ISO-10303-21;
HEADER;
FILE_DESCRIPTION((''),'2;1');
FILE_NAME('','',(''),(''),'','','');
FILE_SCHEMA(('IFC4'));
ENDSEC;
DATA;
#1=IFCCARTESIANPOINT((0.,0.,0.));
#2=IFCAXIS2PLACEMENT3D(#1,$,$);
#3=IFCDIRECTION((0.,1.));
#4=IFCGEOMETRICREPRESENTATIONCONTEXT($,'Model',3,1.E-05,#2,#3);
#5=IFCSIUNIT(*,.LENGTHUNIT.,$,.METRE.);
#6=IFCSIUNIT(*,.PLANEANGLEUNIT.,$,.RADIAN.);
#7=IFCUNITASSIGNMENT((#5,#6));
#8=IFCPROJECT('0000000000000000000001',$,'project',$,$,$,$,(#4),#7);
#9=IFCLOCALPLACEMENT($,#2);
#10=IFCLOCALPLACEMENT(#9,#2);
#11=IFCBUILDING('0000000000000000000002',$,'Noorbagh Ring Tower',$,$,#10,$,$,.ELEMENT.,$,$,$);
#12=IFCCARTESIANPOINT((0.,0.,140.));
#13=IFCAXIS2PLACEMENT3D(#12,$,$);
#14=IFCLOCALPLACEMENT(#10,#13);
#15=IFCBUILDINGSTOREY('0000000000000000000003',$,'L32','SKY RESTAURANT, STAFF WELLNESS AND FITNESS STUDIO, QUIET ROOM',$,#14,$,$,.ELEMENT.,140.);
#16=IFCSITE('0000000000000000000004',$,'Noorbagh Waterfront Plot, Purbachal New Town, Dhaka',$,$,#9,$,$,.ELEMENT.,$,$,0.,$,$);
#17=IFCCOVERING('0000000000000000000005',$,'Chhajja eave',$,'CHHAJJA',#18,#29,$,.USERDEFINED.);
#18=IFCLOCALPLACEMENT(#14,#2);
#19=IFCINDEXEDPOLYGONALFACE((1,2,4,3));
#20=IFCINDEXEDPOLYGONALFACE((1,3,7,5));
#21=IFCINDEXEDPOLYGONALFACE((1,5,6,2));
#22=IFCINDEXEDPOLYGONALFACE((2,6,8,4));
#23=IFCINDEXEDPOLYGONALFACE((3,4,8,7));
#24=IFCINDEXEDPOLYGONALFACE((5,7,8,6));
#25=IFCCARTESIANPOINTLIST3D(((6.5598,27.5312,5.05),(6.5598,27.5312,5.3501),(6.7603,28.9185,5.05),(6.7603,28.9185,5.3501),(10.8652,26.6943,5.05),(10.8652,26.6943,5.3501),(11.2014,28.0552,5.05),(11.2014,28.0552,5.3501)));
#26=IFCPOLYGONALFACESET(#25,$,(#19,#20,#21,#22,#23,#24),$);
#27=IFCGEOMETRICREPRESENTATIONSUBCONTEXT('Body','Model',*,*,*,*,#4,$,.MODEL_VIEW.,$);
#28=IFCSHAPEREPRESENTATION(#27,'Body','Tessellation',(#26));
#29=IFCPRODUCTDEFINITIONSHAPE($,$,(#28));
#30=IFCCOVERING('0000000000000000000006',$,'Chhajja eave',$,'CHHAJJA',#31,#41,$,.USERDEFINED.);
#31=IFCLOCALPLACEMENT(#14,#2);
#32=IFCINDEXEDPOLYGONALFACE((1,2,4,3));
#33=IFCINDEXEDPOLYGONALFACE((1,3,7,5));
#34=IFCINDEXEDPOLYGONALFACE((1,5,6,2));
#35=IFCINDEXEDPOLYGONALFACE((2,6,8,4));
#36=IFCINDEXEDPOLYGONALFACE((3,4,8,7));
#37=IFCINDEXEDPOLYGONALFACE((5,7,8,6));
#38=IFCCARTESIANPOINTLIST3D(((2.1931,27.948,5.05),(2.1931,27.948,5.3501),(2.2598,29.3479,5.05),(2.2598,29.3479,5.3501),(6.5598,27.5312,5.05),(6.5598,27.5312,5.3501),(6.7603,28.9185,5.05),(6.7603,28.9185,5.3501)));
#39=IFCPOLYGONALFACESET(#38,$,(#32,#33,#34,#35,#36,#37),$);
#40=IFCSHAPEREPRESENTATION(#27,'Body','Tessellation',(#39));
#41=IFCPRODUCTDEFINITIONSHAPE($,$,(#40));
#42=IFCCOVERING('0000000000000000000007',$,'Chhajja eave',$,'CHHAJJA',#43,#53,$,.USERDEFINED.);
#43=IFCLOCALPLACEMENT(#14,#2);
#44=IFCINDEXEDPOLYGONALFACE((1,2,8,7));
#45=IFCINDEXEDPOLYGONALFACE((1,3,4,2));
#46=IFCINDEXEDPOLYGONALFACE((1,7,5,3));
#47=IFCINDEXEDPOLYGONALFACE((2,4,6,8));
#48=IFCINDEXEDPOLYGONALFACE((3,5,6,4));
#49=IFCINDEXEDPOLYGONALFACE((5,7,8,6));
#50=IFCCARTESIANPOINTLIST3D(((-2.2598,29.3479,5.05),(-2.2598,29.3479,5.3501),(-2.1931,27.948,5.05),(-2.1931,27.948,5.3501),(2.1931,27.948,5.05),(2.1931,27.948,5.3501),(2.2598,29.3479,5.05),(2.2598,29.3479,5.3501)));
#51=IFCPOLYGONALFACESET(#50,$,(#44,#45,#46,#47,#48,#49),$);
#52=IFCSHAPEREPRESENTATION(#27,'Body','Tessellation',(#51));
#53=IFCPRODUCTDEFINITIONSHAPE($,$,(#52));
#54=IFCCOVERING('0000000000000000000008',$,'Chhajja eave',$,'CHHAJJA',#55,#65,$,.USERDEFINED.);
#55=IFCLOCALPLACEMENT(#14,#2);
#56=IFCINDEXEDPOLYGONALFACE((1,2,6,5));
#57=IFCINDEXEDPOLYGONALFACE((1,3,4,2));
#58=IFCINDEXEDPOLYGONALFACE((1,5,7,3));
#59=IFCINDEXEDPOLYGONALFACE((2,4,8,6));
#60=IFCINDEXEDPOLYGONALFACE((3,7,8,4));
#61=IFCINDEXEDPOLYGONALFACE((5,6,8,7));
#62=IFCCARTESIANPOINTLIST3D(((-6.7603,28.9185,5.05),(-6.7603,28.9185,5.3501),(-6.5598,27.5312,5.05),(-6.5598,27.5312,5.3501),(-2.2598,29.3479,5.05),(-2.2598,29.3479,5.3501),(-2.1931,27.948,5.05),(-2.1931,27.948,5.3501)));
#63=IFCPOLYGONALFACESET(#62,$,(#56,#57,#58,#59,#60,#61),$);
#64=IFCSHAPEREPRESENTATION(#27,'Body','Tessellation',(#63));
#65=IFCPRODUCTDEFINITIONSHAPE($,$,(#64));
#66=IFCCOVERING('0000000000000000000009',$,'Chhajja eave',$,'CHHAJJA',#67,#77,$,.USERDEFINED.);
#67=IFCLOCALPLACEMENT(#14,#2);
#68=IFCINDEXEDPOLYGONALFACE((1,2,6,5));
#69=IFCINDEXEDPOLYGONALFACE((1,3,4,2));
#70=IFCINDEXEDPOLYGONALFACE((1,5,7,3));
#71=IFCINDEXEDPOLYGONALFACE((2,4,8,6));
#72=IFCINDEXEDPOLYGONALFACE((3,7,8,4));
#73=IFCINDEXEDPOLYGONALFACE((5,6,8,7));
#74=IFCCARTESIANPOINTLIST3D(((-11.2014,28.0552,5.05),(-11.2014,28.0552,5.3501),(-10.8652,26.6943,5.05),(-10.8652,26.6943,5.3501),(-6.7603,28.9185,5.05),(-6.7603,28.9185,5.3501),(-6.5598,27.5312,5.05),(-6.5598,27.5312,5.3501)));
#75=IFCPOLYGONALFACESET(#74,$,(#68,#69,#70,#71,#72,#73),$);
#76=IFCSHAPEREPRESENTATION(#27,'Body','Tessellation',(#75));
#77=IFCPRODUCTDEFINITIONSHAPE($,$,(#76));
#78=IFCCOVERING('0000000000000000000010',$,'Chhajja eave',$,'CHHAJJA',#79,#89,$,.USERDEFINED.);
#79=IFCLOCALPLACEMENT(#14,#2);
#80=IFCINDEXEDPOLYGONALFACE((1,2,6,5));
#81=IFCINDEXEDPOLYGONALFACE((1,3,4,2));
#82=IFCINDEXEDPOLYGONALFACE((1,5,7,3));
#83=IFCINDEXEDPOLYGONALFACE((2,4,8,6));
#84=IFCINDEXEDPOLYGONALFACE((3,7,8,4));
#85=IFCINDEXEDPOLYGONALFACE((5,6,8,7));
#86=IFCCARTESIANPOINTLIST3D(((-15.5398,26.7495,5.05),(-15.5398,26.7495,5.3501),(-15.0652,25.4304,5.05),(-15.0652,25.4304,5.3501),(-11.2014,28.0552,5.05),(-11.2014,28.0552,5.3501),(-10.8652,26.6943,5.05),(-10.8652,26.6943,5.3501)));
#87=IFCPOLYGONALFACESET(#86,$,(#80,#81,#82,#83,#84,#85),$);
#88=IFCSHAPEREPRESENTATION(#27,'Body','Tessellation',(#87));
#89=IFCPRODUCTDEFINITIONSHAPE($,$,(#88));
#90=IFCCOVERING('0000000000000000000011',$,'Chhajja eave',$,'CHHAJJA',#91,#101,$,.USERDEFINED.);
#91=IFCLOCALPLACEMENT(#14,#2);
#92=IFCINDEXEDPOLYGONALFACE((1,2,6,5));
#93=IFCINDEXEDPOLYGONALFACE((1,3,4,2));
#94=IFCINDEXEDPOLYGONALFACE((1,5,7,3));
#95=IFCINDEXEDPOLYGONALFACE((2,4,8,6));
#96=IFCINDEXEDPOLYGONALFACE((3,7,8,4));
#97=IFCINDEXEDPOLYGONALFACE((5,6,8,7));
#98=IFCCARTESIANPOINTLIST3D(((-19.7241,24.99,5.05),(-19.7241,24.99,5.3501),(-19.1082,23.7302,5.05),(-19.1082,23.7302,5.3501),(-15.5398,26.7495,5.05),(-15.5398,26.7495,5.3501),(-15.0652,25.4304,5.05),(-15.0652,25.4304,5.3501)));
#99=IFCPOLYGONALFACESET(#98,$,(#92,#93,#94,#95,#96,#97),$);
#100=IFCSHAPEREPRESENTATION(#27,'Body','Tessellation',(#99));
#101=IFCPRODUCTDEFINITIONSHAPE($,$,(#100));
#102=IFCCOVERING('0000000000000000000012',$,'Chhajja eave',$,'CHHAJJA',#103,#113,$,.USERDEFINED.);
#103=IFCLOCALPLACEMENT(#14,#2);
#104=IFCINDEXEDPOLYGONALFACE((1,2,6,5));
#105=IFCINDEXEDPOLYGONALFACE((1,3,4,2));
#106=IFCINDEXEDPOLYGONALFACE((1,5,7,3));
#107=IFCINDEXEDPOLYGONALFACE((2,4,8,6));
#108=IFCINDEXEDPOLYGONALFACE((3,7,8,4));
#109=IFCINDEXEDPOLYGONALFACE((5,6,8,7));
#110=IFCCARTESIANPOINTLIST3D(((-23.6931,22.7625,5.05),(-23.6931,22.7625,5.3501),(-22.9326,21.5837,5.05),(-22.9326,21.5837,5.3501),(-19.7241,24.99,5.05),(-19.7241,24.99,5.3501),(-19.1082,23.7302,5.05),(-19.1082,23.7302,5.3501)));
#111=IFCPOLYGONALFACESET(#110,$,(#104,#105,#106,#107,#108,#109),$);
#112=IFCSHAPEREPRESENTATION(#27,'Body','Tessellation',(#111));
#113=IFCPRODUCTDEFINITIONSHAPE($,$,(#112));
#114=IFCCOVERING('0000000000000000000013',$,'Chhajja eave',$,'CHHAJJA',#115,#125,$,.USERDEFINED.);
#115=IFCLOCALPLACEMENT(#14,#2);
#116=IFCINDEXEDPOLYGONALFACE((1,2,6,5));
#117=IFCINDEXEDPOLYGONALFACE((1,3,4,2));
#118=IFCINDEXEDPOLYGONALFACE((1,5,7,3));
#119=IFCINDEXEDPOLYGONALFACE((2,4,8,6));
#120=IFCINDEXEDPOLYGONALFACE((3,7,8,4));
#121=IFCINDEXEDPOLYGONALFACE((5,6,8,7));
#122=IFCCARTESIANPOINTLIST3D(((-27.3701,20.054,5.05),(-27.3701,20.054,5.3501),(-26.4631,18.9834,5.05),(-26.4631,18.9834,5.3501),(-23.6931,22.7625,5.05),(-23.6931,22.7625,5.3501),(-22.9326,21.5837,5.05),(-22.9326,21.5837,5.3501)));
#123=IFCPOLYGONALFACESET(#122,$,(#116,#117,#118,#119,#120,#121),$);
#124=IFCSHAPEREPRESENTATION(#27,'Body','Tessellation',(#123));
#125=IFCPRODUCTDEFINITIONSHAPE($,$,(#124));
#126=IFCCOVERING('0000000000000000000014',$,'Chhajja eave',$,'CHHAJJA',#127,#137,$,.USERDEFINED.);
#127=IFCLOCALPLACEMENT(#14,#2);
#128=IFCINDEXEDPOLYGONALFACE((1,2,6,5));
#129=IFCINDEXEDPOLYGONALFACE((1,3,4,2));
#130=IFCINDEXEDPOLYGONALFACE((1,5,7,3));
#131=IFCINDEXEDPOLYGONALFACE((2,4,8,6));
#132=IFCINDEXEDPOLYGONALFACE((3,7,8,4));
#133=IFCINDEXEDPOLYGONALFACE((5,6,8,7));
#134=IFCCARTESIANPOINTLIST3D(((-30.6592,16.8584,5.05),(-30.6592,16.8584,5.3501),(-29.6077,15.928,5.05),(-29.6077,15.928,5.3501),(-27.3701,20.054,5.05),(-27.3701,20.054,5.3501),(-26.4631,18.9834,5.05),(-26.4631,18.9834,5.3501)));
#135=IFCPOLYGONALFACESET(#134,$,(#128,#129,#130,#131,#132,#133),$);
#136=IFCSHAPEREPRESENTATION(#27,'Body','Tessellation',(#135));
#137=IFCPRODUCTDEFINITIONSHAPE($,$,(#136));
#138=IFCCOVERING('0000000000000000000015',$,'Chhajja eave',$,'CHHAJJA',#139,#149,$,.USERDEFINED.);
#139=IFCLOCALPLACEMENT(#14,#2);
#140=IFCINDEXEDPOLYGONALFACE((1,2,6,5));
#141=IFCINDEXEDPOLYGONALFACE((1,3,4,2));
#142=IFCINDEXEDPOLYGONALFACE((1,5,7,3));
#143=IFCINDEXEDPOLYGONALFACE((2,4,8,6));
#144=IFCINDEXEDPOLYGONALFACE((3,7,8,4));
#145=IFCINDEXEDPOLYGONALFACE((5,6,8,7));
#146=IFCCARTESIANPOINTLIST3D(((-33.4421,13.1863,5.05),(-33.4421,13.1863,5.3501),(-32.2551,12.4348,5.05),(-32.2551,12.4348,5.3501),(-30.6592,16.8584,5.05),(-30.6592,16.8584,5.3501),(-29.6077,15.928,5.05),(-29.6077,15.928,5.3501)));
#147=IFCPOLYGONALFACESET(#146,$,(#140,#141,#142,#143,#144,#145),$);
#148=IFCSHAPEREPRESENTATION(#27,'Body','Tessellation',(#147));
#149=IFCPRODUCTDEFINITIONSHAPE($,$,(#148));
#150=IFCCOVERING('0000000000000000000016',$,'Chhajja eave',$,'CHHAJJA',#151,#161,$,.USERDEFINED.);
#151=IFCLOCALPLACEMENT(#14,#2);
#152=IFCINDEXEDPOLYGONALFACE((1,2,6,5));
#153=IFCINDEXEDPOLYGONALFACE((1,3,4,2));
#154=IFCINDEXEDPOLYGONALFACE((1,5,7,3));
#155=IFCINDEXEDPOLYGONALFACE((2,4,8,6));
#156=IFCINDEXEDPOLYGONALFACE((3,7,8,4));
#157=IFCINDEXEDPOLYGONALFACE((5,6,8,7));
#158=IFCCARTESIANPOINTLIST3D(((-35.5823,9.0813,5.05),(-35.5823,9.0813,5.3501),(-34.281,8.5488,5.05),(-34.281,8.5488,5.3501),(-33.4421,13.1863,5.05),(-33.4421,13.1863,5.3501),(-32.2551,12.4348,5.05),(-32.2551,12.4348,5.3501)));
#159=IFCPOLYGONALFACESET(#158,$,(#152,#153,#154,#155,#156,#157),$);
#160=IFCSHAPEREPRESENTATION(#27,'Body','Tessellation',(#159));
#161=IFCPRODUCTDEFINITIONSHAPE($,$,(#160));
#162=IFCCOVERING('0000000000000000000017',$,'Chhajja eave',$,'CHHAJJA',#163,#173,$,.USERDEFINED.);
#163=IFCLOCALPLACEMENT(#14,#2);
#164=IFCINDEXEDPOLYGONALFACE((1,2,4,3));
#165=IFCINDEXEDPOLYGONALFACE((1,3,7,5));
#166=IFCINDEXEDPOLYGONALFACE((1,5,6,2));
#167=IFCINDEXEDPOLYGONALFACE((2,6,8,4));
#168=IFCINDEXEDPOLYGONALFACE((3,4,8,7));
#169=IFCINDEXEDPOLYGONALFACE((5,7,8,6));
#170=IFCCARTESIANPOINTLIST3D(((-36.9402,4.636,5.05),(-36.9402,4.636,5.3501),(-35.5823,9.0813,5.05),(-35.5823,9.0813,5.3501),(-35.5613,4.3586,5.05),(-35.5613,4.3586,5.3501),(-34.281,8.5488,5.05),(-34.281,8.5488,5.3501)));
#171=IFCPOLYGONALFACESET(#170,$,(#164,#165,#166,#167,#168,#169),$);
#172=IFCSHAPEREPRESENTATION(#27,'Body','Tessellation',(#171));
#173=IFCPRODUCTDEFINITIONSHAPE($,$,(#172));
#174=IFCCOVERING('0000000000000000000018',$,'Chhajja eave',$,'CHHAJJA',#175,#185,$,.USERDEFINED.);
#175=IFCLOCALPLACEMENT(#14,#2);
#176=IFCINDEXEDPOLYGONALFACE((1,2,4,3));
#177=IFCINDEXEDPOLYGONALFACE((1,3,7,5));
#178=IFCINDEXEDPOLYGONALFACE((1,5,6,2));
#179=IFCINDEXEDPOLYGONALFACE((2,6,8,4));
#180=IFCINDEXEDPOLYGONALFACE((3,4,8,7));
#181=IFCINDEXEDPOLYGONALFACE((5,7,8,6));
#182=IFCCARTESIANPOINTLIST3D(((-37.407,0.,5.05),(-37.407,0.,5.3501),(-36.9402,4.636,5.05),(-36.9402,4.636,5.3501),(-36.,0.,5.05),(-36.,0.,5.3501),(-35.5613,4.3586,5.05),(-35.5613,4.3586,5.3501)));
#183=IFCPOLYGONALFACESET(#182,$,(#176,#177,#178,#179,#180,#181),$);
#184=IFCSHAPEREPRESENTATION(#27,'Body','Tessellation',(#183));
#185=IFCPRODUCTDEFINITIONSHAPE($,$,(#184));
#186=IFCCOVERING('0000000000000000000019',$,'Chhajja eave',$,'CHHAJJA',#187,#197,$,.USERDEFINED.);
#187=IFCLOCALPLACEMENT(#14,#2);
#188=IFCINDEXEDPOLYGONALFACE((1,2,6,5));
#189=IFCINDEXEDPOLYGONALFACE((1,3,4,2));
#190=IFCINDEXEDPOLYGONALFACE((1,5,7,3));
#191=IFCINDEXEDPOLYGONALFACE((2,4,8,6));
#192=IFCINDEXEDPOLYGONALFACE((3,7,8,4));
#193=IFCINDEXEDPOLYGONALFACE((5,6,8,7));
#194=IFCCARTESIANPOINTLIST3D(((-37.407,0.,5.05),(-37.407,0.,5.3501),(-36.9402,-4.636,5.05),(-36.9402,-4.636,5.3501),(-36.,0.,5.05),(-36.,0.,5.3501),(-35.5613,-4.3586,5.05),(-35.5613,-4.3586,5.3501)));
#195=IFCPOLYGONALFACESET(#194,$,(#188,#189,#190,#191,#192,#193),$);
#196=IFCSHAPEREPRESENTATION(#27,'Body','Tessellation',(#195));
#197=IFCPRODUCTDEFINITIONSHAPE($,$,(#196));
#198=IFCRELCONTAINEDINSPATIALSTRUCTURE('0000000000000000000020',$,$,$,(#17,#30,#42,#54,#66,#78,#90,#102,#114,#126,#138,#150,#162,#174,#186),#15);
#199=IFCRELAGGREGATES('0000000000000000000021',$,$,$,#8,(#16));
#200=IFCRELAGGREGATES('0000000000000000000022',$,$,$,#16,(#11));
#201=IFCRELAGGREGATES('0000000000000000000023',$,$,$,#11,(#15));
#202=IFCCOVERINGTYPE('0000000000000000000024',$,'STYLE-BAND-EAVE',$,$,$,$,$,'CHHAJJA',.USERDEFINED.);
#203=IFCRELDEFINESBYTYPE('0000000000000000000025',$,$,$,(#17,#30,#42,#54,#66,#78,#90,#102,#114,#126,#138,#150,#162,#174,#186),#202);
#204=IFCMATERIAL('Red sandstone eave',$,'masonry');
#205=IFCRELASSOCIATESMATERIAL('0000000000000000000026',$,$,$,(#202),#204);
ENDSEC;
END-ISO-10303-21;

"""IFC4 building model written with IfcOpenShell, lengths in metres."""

from ifc_helpers import new_model, si_unit, direction, frame, origin, place, context, subcontext, project, spatial, polyline, outline, extrude, material, type_object, element, save


model = new_model("IFC4")

# Units and contexts
model_context = context("Model", 3, precision=1e-05, world=origin(), true_north=direction((0.0, 1.0)))
body_context = subcontext(model_context, "Body", "Model", "MODEL_VIEW")
ifc_project = project(units=[si_unit("LENGTHUNIT", "METRE"), si_unit("PLANEANGLEUNIT", "RADIAN")], contexts=[model_context])

# Site, building, storey
site_placement = place(None, origin())
site = spatial("IfcSite", under=ifc_project, at=site_placement, Name="Noorbagh Waterfront Plot, Purbachal New Town, Dhaka", CompositionType="ELEMENT", RefElevation=0.0)
building_placement = place(site_placement, origin())
building = spatial("IfcBuilding", under=site, at=building_placement, Name="Noorbagh Ring Tower", CompositionType="ELEMENT")
storey_placement = place(building_placement, frame((0.0, 0.0, 140.0)))
storey = spatial("IfcBuildingStorey", under=building, at=storey_placement, Name="L32", Description="SKY RESTAURANT, STAFF WELLNESS AND FITNESS STUDIO, QUIET ROOM", CompositionType="ELEMENT", Elevation=140.0)

# Coverings
ifc_material_1 = material(Name="Red sandstone eave", Category="masonry")
covering_type_1 = type_object("IfcCoveringType", Name="STYLE-BAND-EAVE", ElementType="CHHAJJA", PredefinedType="USERDEFINED", material=ifc_material_1)
covering_1_placement = place(storey_placement, frame((0.0, 0.0, 5.05)))
element("IfcCovering", 1, at=covering_1_placement, inside=storey, type_object=covering_type_1, Name="Chhajja eave", ObjectType="CHHAJJA", PredefinedType="USERDEFINED", context=body_context, shape_type="SweptSolid", body=[
    extrude(outline(polyline([(10.8652, 26.6943), (6.5598, 27.5312), (6.7603, 28.9185), (11.2014, 28.0552), (10.8652, 26.6943)])), origin(), (0.0, 0.0, 1.0), 0.3),
])
covering_2_placement = place(storey_placement, frame((0.0, 0.0, 5.05)))
element("IfcCovering", 2, at=covering_2_placement, inside=storey, type_object=covering_type_1, Name="Chhajja eave", ObjectType="CHHAJJA", PredefinedType="USERDEFINED", context=body_context, shape_type="SweptSolid", body=[
    extrude(outline(polyline([(6.5598, 27.5312), (2.1931, 27.948), (2.2598, 29.3479), (6.7603, 28.9185), (6.5598, 27.5312)])), origin(), (0.0, 0.0, 1.0), 0.3),
])
covering_3_placement = place(storey_placement, frame((0.0, 0.0, 5.05)))
element("IfcCovering", 3, at=covering_3_placement, inside=storey, type_object=covering_type_1, Name="Chhajja eave", ObjectType="CHHAJJA", PredefinedType="USERDEFINED", context=body_context, shape_type="SweptSolid", body=[
    extrude(outline(polyline([(2.1931, 27.948), (-2.1931, 27.948), (-2.2598, 29.3479), (2.2598, 29.3479), (2.1931, 27.948)])), origin(), (0.0, 0.0, 1.0), 0.3),
])
covering_4_placement = place(storey_placement, frame((0.0, 0.0, 5.05)))
element("IfcCovering", 4, at=covering_4_placement, inside=storey, type_object=covering_type_1, Name="Chhajja eave", ObjectType="CHHAJJA", PredefinedType="USERDEFINED", context=body_context, shape_type="SweptSolid", body=[
    extrude(outline(polyline([(-2.1931, 27.948), (-6.5598, 27.5312), (-6.7603, 28.9185), (-2.2598, 29.3479), (-2.1931, 27.948)])), origin(), (0.0, 0.0, 1.0), 0.3),
])
covering_5_placement = place(storey_placement, frame((0.0, 0.0, 5.05)))
element("IfcCovering", 5, at=covering_5_placement, inside=storey, type_object=covering_type_1, Name="Chhajja eave", ObjectType="CHHAJJA", PredefinedType="USERDEFINED", context=body_context, shape_type="SweptSolid", body=[
    extrude(outline(polyline([(-6.5598, 27.5312), (-10.8652, 26.6943), (-11.2014, 28.0552), (-6.7603, 28.9185), (-6.5598, 27.5312)])), origin(), (0.0, 0.0, 1.0), 0.3),
])
covering_6_placement = place(storey_placement, frame((0.0, 0.0, 5.05)))
element("IfcCovering", 6, at=covering_6_placement, inside=storey, type_object=covering_type_1, Name="Chhajja eave", ObjectType="CHHAJJA", PredefinedType="USERDEFINED", context=body_context, shape_type="SweptSolid", body=[
    extrude(outline(polyline([(-10.8652, 26.6943), (-15.0652, 25.4304), (-15.5398, 26.7495), (-11.2014, 28.0552), (-10.8652, 26.6943)])), origin(), (0.0, 0.0, 1.0), 0.3),
])
covering_7_placement = place(storey_placement, frame((0.0, 0.0, 5.05)))
element("IfcCovering", 7, at=covering_7_placement, inside=storey, type_object=covering_type_1, Name="Chhajja eave", ObjectType="CHHAJJA", PredefinedType="USERDEFINED", context=body_context, shape_type="SweptSolid", body=[
    extrude(outline(polyline([(-15.0652, 25.4304), (-19.1082, 23.7302), (-19.7241, 24.99), (-15.5398, 26.7495), (-15.0652, 25.4304)])), origin(), (0.0, 0.0, 1.0), 0.3),
])
covering_8_placement = place(storey_placement, frame((0.0, 0.0, 5.05)))
element("IfcCovering", 8, at=covering_8_placement, inside=storey, type_object=covering_type_1, Name="Chhajja eave", ObjectType="CHHAJJA", PredefinedType="USERDEFINED", context=body_context, shape_type="SweptSolid", body=[
    extrude(outline(polyline([(-19.1082, 23.7302), (-22.9326, 21.5837), (-23.6931, 22.7625), (-19.7241, 24.99), (-19.1082, 23.7302)])), origin(), (0.0, 0.0, 1.0), 0.3),
])
covering_9_placement = place(storey_placement, frame((0.0, 0.0, 5.05)))
element("IfcCovering", 9, at=covering_9_placement, inside=storey, type_object=covering_type_1, Name="Chhajja eave", ObjectType="CHHAJJA", PredefinedType="USERDEFINED", context=body_context, shape_type="SweptSolid", body=[
    extrude(outline(polyline([(-22.9326, 21.5837), (-26.4631, 18.9834), (-27.3701, 20.054), (-23.6931, 22.7625), (-22.9326, 21.5837)])), origin(), (0.0, 0.0, 1.0), 0.3),
])
covering_10_placement = place(storey_placement, frame((0.0, 0.0, 5.05)))
element("IfcCovering", 10, at=covering_10_placement, inside=storey, type_object=covering_type_1, Name="Chhajja eave", ObjectType="CHHAJJA", PredefinedType="USERDEFINED", context=body_context, shape_type="SweptSolid", body=[
    extrude(outline(polyline([(-26.4631, 18.9834), (-29.6077, 15.928), (-30.6592, 16.8584), (-27.3701, 20.054), (-26.4631, 18.9834)])), origin(), (0.0, 0.0, 1.0), 0.3),
])
covering_11_placement = place(storey_placement, frame((0.0, 0.0, 5.05)))
element("IfcCovering", 11, at=covering_11_placement, inside=storey, type_object=covering_type_1, Name="Chhajja eave", ObjectType="CHHAJJA", PredefinedType="USERDEFINED", context=body_context, shape_type="SweptSolid", body=[
    extrude(outline(polyline([(-29.6077, 15.928), (-32.2551, 12.4348), (-33.4421, 13.1863), (-30.6592, 16.8584), (-29.6077, 15.928)])), origin(), (0.0, 0.0, 1.0), 0.3),
])
covering_12_placement = place(storey_placement, frame((0.0, 0.0, 5.05)))
element("IfcCovering", 12, at=covering_12_placement, inside=storey, type_object=covering_type_1, Name="Chhajja eave", ObjectType="CHHAJJA", PredefinedType="USERDEFINED", context=body_context, shape_type="SweptSolid", body=[
    extrude(outline(polyline([(-32.2551, 12.4348), (-34.281, 8.5488), (-35.5823, 9.0813), (-33.4421, 13.1863), (-32.2551, 12.4348)])), origin(), (0.0, 0.0, 1.0), 0.3),
])
covering_13_placement = place(storey_placement, frame((0.0, 0.0, 5.05)))
element("IfcCovering", 13, at=covering_13_placement, inside=storey, type_object=covering_type_1, Name="Chhajja eave", ObjectType="CHHAJJA", PredefinedType="USERDEFINED", context=body_context, shape_type="SweptSolid", body=[
    extrude(outline(polyline([(-34.281, 8.5488), (-35.5613, 4.3586), (-36.9402, 4.636), (-35.5823, 9.0813), (-34.281, 8.5488)])), origin(), (0.0, 0.0, 1.0), 0.3),
])
covering_14_placement = place(storey_placement, frame((0.0, 0.0, 5.05)))
element("IfcCovering", 14, at=covering_14_placement, inside=storey, type_object=covering_type_1, Name="Chhajja eave", ObjectType="CHHAJJA", PredefinedType="USERDEFINED", context=body_context, shape_type="SweptSolid", body=[
    extrude(outline(polyline([(-35.5613, 4.3586), (-36.0, 0.0), (-37.407, 0.0), (-36.9402, 4.636), (-35.5613, 4.3586)])), origin(), (0.0, 0.0, 1.0), 0.3),
])
covering_15_placement = place(storey_placement, frame((0.0, 0.0, 5.05)))
element("IfcCovering", 15, at=covering_15_placement, inside=storey, type_object=covering_type_1, Name="Chhajja eave", ObjectType="CHHAJJA", PredefinedType="USERDEFINED", context=body_context, shape_type="SweptSolid", body=[
    extrude(outline(polyline([(-36.0, 0.0), (-35.5613, -4.3586), (-36.9402, -4.636), (-37.407, 0.0), (-36.0, 0.0)])), origin(), (0.0, 0.0, 1.0), 0.3),
])

save(model, "model.ifc")
